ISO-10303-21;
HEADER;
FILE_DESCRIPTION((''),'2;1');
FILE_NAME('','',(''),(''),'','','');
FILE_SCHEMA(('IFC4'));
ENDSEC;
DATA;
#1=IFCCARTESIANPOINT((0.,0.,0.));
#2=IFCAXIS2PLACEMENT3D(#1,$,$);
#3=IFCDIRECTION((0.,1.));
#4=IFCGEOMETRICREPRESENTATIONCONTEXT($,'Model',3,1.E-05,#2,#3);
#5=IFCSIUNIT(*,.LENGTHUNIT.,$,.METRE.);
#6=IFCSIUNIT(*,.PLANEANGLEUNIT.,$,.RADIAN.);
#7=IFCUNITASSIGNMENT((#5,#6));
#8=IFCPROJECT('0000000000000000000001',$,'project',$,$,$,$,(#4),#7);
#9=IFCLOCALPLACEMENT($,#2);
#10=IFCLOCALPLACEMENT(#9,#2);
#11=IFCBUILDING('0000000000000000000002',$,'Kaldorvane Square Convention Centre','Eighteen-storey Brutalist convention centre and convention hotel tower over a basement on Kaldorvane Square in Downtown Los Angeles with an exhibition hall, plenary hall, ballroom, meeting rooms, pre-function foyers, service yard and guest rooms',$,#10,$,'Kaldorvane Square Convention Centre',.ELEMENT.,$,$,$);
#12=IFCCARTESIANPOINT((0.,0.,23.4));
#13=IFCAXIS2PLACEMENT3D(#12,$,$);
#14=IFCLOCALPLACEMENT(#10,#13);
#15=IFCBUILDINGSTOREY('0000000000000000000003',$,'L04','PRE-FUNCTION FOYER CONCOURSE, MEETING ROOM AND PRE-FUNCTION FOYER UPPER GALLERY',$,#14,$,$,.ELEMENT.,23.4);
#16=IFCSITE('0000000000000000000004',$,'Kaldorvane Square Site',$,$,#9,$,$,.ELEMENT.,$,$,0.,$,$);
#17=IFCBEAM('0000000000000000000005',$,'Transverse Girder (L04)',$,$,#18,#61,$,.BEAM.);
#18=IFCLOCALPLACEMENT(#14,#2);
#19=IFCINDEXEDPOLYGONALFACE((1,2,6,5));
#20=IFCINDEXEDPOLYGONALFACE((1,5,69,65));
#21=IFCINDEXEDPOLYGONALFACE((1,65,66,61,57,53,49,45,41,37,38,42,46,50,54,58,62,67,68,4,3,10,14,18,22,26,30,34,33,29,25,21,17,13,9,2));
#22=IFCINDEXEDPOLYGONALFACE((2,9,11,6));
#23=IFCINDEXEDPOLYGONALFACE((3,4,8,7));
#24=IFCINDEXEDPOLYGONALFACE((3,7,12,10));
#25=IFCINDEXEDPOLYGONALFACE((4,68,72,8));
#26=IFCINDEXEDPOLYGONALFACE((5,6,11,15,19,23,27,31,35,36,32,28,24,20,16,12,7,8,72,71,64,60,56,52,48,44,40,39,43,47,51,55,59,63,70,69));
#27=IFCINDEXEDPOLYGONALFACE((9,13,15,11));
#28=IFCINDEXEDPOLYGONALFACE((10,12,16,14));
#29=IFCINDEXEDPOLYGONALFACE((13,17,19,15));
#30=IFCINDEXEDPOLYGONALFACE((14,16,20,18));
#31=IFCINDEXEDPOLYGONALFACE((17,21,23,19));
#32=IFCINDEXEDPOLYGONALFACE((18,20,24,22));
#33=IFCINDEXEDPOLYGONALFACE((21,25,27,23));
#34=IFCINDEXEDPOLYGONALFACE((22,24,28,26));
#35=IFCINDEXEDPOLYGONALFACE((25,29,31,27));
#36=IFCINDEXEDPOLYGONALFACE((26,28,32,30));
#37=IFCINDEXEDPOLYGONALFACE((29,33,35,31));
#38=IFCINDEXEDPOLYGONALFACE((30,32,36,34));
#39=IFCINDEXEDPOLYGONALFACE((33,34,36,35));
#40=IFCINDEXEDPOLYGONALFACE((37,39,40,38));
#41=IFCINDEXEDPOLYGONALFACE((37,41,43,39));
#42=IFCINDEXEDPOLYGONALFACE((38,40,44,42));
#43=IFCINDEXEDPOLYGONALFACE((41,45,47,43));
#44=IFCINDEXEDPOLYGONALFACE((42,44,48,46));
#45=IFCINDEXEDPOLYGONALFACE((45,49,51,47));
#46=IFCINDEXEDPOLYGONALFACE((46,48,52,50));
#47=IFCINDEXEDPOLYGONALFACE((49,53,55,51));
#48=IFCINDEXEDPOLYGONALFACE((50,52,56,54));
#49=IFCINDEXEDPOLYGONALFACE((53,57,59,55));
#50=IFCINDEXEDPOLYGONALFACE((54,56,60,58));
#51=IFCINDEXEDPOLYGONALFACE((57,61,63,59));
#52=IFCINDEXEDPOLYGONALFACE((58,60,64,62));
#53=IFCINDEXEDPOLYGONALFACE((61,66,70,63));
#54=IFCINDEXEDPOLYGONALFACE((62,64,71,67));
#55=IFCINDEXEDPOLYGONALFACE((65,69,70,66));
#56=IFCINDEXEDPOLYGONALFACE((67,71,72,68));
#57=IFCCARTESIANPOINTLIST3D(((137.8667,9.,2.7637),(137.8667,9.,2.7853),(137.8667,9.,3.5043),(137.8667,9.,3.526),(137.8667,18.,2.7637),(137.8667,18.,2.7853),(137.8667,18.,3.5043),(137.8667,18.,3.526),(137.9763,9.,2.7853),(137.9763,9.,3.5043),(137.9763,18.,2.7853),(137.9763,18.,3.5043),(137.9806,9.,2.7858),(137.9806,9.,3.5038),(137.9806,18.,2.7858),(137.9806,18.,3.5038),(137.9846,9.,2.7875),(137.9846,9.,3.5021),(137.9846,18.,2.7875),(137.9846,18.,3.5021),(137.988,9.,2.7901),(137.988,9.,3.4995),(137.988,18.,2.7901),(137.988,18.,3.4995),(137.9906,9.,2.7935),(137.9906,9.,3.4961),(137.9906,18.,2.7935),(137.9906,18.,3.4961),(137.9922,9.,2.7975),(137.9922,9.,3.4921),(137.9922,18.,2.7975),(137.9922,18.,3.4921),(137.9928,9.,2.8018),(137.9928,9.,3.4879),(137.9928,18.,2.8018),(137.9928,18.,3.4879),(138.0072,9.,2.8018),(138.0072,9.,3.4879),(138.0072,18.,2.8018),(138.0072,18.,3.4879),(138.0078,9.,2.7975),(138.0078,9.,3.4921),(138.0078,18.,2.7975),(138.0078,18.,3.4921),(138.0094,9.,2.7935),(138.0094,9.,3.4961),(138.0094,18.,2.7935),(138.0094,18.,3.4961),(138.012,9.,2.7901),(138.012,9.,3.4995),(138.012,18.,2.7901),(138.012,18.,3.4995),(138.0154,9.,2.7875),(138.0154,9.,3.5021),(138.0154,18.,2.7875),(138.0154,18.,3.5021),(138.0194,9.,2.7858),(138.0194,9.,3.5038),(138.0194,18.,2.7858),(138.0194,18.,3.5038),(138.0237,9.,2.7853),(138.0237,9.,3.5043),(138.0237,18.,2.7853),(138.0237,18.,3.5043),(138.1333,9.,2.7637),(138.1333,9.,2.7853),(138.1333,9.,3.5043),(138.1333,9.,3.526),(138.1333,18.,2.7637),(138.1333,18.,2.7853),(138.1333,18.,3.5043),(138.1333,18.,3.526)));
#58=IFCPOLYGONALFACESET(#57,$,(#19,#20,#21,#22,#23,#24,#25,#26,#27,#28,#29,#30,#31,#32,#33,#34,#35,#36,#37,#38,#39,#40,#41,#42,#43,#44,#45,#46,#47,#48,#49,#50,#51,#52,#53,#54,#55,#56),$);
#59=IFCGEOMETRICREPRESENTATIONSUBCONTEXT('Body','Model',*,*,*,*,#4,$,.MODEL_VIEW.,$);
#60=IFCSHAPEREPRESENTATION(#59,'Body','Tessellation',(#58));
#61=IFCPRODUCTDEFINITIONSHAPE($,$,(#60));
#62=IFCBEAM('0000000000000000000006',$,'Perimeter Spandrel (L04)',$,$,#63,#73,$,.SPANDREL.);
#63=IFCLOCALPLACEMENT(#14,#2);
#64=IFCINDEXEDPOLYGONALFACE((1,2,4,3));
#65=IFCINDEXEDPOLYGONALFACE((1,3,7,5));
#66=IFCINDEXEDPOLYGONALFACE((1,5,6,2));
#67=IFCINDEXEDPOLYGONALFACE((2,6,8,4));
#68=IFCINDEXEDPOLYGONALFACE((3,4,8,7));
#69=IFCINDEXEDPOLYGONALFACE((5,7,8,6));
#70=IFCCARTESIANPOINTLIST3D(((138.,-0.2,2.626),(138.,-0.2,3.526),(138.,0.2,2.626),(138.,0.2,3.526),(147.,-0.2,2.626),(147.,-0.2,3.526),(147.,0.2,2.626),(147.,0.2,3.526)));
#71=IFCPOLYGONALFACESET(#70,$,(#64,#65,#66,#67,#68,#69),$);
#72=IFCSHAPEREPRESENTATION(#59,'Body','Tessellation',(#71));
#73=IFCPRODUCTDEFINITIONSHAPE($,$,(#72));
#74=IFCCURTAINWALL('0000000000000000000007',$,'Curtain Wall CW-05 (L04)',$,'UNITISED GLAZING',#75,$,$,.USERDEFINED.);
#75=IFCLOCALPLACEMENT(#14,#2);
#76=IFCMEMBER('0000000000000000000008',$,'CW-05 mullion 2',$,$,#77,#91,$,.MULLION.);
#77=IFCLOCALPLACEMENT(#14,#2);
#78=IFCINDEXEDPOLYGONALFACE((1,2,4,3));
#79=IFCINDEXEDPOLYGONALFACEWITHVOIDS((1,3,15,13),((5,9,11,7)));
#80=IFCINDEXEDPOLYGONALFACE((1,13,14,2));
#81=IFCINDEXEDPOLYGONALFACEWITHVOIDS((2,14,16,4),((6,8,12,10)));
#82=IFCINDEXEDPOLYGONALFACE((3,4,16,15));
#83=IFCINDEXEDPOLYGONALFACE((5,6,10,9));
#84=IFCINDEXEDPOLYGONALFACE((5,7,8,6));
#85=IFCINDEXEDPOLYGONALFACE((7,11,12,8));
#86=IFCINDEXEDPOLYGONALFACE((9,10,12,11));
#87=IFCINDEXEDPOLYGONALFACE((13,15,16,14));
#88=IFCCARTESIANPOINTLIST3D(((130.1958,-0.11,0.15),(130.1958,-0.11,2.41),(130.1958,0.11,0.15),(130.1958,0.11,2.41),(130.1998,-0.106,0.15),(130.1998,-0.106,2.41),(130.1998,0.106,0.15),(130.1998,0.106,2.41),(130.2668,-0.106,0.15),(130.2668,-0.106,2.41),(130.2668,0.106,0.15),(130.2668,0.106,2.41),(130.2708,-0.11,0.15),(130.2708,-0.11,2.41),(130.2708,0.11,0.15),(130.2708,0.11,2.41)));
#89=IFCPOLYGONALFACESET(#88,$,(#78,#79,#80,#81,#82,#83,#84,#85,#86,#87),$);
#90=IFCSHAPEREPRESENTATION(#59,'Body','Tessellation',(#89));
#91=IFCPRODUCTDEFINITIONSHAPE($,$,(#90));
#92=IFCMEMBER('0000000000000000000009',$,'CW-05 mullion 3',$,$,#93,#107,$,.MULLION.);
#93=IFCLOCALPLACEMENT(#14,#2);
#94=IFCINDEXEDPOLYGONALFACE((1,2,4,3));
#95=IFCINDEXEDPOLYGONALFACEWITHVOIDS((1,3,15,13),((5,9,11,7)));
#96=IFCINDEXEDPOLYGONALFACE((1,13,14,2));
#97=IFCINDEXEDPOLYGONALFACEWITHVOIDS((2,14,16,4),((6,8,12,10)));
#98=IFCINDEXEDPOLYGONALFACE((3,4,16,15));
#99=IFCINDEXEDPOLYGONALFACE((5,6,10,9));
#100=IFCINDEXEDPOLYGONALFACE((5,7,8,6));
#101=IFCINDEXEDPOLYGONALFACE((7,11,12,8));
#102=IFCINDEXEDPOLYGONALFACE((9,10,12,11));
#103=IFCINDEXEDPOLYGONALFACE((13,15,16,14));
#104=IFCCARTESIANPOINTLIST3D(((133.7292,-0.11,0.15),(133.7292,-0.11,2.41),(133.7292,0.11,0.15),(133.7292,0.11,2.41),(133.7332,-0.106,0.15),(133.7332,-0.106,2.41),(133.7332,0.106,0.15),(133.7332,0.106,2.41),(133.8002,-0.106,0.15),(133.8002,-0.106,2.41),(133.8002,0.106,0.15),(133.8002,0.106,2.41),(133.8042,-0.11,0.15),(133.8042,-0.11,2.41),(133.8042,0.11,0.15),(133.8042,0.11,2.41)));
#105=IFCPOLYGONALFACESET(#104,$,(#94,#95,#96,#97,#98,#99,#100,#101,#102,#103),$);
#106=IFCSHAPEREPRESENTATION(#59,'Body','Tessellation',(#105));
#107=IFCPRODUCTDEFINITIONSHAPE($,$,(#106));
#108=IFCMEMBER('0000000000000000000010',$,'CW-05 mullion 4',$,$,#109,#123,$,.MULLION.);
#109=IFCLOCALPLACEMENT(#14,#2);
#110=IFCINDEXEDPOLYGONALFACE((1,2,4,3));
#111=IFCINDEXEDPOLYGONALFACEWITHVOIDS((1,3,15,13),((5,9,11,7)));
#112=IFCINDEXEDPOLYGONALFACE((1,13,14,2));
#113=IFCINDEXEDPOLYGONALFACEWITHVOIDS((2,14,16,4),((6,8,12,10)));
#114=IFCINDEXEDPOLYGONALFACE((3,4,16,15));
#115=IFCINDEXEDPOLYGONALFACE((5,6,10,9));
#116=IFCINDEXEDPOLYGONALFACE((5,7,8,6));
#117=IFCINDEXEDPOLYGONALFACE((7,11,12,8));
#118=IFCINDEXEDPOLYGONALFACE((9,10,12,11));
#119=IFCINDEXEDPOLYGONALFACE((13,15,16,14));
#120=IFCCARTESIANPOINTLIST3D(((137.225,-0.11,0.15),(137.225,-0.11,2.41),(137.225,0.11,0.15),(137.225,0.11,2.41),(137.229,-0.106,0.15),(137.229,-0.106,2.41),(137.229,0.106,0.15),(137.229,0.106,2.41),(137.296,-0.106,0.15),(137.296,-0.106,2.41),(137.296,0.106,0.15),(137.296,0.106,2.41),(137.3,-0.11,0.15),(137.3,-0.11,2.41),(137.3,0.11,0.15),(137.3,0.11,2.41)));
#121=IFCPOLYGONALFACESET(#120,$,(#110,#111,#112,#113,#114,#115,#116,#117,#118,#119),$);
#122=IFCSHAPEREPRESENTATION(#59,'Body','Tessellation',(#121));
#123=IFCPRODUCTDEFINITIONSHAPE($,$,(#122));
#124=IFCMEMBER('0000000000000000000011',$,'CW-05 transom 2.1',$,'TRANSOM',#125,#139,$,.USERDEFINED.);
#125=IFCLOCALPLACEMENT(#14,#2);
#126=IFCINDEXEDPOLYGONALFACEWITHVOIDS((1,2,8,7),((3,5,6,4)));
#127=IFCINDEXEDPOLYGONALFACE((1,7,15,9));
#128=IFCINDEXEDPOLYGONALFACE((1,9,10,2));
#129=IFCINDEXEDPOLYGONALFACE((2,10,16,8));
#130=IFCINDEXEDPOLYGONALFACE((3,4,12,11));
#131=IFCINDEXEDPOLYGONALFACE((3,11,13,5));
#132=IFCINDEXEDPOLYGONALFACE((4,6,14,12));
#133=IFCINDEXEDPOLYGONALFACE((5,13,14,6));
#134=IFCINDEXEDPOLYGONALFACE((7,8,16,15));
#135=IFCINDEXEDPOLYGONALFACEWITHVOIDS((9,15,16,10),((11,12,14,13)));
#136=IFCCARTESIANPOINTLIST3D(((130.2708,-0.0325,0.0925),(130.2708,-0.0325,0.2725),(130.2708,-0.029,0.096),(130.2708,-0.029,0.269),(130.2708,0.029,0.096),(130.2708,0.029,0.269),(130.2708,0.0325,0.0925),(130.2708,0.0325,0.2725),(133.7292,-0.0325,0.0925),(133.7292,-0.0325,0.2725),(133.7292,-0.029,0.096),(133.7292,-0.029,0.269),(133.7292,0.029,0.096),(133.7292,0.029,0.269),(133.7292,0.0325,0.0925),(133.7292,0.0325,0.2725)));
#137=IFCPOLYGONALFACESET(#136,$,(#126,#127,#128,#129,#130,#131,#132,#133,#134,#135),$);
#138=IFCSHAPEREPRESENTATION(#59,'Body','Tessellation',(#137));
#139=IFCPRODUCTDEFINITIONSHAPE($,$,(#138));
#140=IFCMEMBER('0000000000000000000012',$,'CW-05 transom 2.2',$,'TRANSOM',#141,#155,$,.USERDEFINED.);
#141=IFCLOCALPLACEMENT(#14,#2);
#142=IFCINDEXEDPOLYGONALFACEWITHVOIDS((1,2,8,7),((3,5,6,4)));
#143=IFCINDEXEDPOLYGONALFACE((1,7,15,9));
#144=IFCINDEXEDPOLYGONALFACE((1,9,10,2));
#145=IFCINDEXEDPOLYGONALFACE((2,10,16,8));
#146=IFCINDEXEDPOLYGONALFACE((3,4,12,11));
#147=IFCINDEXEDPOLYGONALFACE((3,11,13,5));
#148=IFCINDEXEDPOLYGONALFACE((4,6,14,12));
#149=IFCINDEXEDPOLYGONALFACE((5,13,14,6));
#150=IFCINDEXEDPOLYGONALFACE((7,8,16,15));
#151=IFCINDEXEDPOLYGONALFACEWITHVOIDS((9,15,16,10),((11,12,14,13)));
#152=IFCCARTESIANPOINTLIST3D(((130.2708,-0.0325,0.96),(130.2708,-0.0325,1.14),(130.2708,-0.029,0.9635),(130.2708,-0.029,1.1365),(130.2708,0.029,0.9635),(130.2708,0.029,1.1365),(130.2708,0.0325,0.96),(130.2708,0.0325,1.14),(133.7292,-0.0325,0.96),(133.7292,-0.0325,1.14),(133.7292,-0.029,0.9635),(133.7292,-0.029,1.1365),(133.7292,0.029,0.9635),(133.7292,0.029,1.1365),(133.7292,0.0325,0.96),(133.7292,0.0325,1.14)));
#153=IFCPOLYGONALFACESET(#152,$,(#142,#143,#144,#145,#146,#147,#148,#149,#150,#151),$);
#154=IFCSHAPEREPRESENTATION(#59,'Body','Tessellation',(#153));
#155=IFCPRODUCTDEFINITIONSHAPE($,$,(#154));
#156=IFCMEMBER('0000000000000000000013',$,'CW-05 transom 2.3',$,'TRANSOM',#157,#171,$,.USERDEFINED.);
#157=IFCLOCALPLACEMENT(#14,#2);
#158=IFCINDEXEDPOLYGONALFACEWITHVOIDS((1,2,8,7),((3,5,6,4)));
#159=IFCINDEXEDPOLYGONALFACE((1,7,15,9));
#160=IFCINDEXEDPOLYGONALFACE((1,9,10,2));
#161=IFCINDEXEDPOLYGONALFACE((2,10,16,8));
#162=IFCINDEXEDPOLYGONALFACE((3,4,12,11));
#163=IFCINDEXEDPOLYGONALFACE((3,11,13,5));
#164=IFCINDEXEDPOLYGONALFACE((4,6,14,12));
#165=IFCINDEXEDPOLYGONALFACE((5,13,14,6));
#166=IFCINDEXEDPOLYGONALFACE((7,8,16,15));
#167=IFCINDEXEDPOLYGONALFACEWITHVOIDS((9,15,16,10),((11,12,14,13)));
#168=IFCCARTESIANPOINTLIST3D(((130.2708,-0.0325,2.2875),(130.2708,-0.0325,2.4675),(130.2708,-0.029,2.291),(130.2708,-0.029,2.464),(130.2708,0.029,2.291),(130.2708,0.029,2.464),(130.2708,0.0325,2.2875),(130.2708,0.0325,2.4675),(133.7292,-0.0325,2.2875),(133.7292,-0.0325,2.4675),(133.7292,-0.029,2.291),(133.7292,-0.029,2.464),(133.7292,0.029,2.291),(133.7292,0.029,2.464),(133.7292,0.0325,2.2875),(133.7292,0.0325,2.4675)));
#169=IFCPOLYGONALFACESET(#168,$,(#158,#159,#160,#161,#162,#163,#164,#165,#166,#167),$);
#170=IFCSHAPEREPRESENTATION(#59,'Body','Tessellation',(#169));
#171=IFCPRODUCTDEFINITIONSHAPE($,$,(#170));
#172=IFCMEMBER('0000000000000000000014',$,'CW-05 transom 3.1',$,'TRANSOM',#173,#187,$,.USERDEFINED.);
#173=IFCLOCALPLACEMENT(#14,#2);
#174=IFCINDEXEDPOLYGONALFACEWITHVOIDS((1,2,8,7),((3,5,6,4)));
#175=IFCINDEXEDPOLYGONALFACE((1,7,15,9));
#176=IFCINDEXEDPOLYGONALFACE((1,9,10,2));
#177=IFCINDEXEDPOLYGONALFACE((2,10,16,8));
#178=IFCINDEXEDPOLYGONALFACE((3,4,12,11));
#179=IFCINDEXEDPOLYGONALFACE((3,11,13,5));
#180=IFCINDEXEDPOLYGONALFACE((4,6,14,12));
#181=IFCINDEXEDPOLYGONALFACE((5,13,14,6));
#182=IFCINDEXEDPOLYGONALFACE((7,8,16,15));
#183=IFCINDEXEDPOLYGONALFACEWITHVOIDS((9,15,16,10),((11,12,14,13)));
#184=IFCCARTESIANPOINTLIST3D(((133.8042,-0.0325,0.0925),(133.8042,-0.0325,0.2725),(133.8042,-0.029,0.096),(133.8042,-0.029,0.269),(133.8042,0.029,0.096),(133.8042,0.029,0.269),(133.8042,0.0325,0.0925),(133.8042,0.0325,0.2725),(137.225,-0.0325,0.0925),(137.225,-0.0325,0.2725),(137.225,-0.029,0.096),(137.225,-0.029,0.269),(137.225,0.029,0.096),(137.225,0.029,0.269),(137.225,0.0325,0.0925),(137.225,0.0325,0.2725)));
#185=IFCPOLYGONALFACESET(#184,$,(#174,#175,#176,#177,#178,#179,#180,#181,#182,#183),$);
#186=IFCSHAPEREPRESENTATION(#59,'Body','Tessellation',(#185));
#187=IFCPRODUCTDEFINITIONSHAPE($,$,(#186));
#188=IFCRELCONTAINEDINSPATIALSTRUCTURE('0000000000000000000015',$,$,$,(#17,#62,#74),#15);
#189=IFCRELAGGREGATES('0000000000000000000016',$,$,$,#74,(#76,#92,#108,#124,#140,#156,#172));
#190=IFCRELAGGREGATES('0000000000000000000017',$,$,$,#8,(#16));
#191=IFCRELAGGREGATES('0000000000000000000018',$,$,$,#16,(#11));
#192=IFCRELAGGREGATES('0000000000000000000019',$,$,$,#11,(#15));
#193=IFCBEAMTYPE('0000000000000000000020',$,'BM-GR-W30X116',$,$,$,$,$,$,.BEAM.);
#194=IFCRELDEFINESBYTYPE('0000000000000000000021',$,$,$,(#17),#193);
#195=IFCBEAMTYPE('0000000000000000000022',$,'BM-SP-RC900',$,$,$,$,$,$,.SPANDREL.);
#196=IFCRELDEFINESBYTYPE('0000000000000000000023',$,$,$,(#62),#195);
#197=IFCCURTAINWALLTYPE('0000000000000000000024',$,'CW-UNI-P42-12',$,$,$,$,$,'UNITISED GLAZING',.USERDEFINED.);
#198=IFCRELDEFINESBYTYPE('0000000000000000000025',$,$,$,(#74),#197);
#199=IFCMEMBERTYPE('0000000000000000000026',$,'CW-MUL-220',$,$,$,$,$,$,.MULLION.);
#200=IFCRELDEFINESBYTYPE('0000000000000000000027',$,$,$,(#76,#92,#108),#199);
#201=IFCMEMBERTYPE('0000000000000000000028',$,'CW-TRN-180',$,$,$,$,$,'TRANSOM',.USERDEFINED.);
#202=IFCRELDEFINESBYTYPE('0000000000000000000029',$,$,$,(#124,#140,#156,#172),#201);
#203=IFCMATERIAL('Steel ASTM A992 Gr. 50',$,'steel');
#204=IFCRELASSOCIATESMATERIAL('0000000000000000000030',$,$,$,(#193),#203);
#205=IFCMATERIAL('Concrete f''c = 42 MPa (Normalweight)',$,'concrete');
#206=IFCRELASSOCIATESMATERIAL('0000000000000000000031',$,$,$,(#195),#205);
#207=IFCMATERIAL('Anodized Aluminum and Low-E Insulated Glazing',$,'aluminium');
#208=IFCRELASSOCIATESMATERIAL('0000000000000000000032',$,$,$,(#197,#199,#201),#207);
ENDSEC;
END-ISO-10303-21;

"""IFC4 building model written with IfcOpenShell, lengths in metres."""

from ifc_helpers import new_model, si_unit, direction, frame, origin, origin_2d, place, context, subcontext, project, spatial, rectangle, hollow_rectangle, i_section, extrude, material, material_profile, profile_set, type_object, element, aggregate, save


model = new_model("IFC4")

# Units and contexts
model_context = context("Model", 3, precision=1e-05, world=origin(), true_north=direction((0.0, 1.0)))
body_context = subcontext(model_context, "Body", "Model", "MODEL_VIEW")
ifc_project = project(units=[si_unit("LENGTHUNIT", "METRE"), si_unit("PLANEANGLEUNIT", "RADIAN")], contexts=[model_context])

# Site, building, storey
site_placement = place(None, origin())
site = spatial("IfcSite", under=ifc_project, at=site_placement, Name="Kaldorvane Square Site", CompositionType="ELEMENT", RefElevation=0.0)
building_placement = place(site_placement, origin())
building = spatial("IfcBuilding", under=site, at=building_placement, Name="Kaldorvane Square Convention Centre", Description="Eighteen-storey Brutalist convention centre and convention hotel tower over a basement on Kaldorvane Square in Downtown Los Angeles with an exhibition hall, plenary hall, ballroom, meeting rooms, pre-function foyers, service yard and guest rooms", LongName="Kaldorvane Square Convention Centre", CompositionType="ELEMENT")
storey_placement = place(building_placement, frame((0.0, 0.0, 23.4)))
storey = spatial("IfcBuildingStorey", under=building, at=storey_placement, Name="L04", Description="PRE-FUNCTION FOYER CONCOURSE, MEETING ROOM AND PRE-FUNCTION FOYER UPPER GALLERY", CompositionType="ELEMENT", Elevation=23.4)

# Shared definitions
ifc_material_1 = material(Name="Steel ASTM A992 Gr. 50", Category="steel")

# Beams
ifc_material_profile_1 = material_profile(ifc_material_1, i_section(OverallWidth=0.2666, OverallDepth=0.7623, WebThickness=0.0144, FlangeThickness=0.0216, FilletRadius=0.0165, at=origin_2d()), Name="W30X116")
ifc_profile_set_1 = profile_set([ifc_material_profile_1], Name="Steel ASTM A992 Gr. 50")
beam_type_1 = type_object("IfcBeamType", Name="BM-GR-W30X116", PredefinedType="BEAM", material=ifc_profile_set_1)
for number, where, z_axis, x_axis, name in (
    (1, (138.0, 9.0, 3.1448), (0.0, 1.0, 0.0), (-1.0, 0.0, 0.0), "Transverse Girder (L04)"),
):
    element("IfcBeam", number, at=place(storey_placement, frame(where, z_axis=z_axis, x_axis=x_axis)), inside=storey, type_object=beam_type_1, Name=name, PredefinedType="BEAM", context=body_context, shape_type="SweptSolid", body=[
        extrude(i_section(OverallWidth=0.2666, OverallDepth=0.7623, WebThickness=0.0144, FlangeThickness=0.0216, FilletRadius=0.0165, at=origin_2d()), origin(), (0.0, 0.0, 1.0), 9.0),
    ])
ifc_material_2 = material(Name="Concrete f'c = 42 MPa (Normalweight)", Category="concrete")
ifc_material_profile_2 = material_profile(ifc_material_2, rectangle(XDim=0.4, YDim=0.9, at=origin_2d()), Name="RCSP900X400")
ifc_profile_set_2 = profile_set([ifc_material_profile_2], Name="Concrete f'c = 42 MPa (Normalweight)")
beam_type_2 = type_object("IfcBeamType", Name="BM-SP-RC900", PredefinedType="SPANDREL", material=ifc_profile_set_2)
beam_1_placement = place(storey_placement, frame((138.0, 0.0, 3.076), z_axis=(1.0, 0.0, 0.0), x_axis=(0.0, 1.0, 0.0)))
element("IfcBeam", 2, at=beam_1_placement, inside=storey, type_object=beam_type_2, Name="Perimeter Spandrel (L04)", PredefinedType="SPANDREL", context=body_context, shape_type="SweptSolid", body=[
    extrude(rectangle(XDim=0.4, YDim=0.9, at=origin_2d()), origin(), (0.0, 0.0, 1.0), 9.0),
])

# Curtain wall, members
ifc_material_3 = material(Name="Anodized Aluminum and Low-E Insulated Glazing", Category="aluminium")
curtain_wall_type = type_object("IfcCurtainWallType", Name="CW-UNI-P42-12", ElementType="UNITISED GLAZING", PredefinedType="USERDEFINED", material=ifc_material_3)
curtain_wall_placement = place(storey_placement, origin())
curtain_wall = element("IfcCurtainWall", 3, at=curtain_wall_placement, inside=storey, type_object=curtain_wall_type, Name="Curtain Wall CW-05 (L04)", ObjectType="UNITISED GLAZING", PredefinedType="USERDEFINED")
ifc_material_profile_3 = material_profile(ifc_material_3, hollow_rectangle(XDim=0.075, YDim=0.22, WallThickness=0.004, at=origin_2d()), Name="CWM-220X75")
ifc_profile_set_3 = profile_set([ifc_material_profile_3], Name="Anodized Aluminum and Low-E Insulated Glazing")
member_type_1 = type_object("IfcMemberType", Name="CW-MUL-220", PredefinedType="MULLION", material=ifc_profile_set_3)
member_1_placement = place(storey_placement, frame((130.2333, 0.0, 0.15), z_axis=(0.0, 0.0, 1.0), x_axis=(1.0, 0.0, 0.0)))
member_1 = element("IfcMember", 4, at=member_1_placement, type_object=member_type_1, Name="CW-05 mullion 2", PredefinedType="MULLION", context=body_context, shape_type="SweptSolid", body=[
    extrude(hollow_rectangle(XDim=0.075, YDim=0.22, WallThickness=0.004, at=origin_2d()), origin(), (0.0, 0.0, 1.0), 2.26),
])
member_2_placement = place(storey_placement, frame((133.7667, 0.0, 0.15), z_axis=(0.0, 0.0, 1.0), x_axis=(1.0, 0.0, 0.0)))
member_2 = element("IfcMember", 5, at=member_2_placement, type_object=member_type_1, Name="CW-05 mullion 3", PredefinedType="MULLION", context=body_context, shape_type="SweptSolid", body=[
    extrude(hollow_rectangle(XDim=0.075, YDim=0.22, WallThickness=0.004, at=origin_2d()), origin(), (0.0, 0.0, 1.0), 2.26),
])
member_3_placement = place(storey_placement, frame((137.2625, 0.0, 0.15), z_axis=(0.0, 0.0, 1.0), x_axis=(1.0, 0.0, 0.0)))
member_3 = element("IfcMember", 6, at=member_3_placement, type_object=member_type_1, Name="CW-05 mullion 4", PredefinedType="MULLION", context=body_context, shape_type="SweptSolid", body=[
    extrude(hollow_rectangle(XDim=0.075, YDim=0.22, WallThickness=0.004, at=origin_2d()), origin(), (0.0, 0.0, 1.0), 2.26),
])
ifc_material_profile_4 = material_profile(ifc_material_3, hollow_rectangle(XDim=0.065, YDim=0.18, WallThickness=0.0035, at=origin_2d()), Name="CWT-180X65")
ifc_profile_set_4 = profile_set([ifc_material_profile_4], Name="Anodized Aluminum and Low-E Insulated Glazing")
member_type_2 = type_object("IfcMemberType", Name="CW-TRN-180", ElementType="TRANSOM", PredefinedType="USERDEFINED", material=ifc_profile_set_4)
member_4_placement = place(storey_placement, frame((130.2708, 0.0, 0.1825), z_axis=(1.0, 0.0, 0.0), x_axis=(0.0, 1.0, 0.0)))
member_4 = element("IfcMember", 7, at=member_4_placement, type_object=member_type_2, Name="CW-05 transom 2.1", ObjectType="TRANSOM", PredefinedType="USERDEFINED", context=body_context, shape_type="SweptSolid", body=[
    extrude(hollow_rectangle(XDim=0.065, YDim=0.18, WallThickness=0.0035, at=origin_2d()), origin(), (0.0, 0.0, 1.0), 3.4583),
])
member_5_placement = place(storey_placement, frame((130.2708, 0.0, 1.05), z_axis=(1.0, 0.0, 0.0), x_axis=(0.0, 1.0, 0.0)))
member_5 = element("IfcMember", 8, at=member_5_placement, type_object=member_type_2, Name="CW-05 transom 2.2", ObjectType="TRANSOM", PredefinedType="USERDEFINED", context=body_context, shape_type="SweptSolid", body=[
    extrude(hollow_rectangle(XDim=0.065, YDim=0.18, WallThickness=0.0035, at=origin_2d()), origin(), (0.0, 0.0, 1.0), 3.4583),
])
member_6_placement = place(storey_placement, frame((130.2708, 0.0, 2.3775), z_axis=(1.0, 0.0, 0.0), x_axis=(0.0, 1.0, 0.0)))
member_6 = element("IfcMember", 9, at=member_6_placement, type_object=member_type_2, Name="CW-05 transom 2.3", ObjectType="TRANSOM", PredefinedType="USERDEFINED", context=body_context, shape_type="SweptSolid", body=[
    extrude(hollow_rectangle(XDim=0.065, YDim=0.18, WallThickness=0.0035, at=origin_2d()), origin(), (0.0, 0.0, 1.0), 3.4583),
])
member_7_placement = place(storey_placement, frame((133.8042, 0.0, 0.1825), z_axis=(1.0, 0.0, 0.0), x_axis=(0.0, 1.0, 0.0)))
member_7 = element("IfcMember", 10, at=member_7_placement, type_object=member_type_2, Name="CW-05 transom 3.1", ObjectType="TRANSOM", PredefinedType="USERDEFINED", context=body_context, shape_type="SweptSolid", body=[
    extrude(hollow_rectangle(XDim=0.065, YDim=0.18, WallThickness=0.0035, at=origin_2d()), origin(), (0.0, 0.0, 1.0), 3.4208),
])
aggregate(curtain_wall, [member_1, member_2, member_3, member_4, member_5, member_6, member_7])

save(model, "model.ifc")
